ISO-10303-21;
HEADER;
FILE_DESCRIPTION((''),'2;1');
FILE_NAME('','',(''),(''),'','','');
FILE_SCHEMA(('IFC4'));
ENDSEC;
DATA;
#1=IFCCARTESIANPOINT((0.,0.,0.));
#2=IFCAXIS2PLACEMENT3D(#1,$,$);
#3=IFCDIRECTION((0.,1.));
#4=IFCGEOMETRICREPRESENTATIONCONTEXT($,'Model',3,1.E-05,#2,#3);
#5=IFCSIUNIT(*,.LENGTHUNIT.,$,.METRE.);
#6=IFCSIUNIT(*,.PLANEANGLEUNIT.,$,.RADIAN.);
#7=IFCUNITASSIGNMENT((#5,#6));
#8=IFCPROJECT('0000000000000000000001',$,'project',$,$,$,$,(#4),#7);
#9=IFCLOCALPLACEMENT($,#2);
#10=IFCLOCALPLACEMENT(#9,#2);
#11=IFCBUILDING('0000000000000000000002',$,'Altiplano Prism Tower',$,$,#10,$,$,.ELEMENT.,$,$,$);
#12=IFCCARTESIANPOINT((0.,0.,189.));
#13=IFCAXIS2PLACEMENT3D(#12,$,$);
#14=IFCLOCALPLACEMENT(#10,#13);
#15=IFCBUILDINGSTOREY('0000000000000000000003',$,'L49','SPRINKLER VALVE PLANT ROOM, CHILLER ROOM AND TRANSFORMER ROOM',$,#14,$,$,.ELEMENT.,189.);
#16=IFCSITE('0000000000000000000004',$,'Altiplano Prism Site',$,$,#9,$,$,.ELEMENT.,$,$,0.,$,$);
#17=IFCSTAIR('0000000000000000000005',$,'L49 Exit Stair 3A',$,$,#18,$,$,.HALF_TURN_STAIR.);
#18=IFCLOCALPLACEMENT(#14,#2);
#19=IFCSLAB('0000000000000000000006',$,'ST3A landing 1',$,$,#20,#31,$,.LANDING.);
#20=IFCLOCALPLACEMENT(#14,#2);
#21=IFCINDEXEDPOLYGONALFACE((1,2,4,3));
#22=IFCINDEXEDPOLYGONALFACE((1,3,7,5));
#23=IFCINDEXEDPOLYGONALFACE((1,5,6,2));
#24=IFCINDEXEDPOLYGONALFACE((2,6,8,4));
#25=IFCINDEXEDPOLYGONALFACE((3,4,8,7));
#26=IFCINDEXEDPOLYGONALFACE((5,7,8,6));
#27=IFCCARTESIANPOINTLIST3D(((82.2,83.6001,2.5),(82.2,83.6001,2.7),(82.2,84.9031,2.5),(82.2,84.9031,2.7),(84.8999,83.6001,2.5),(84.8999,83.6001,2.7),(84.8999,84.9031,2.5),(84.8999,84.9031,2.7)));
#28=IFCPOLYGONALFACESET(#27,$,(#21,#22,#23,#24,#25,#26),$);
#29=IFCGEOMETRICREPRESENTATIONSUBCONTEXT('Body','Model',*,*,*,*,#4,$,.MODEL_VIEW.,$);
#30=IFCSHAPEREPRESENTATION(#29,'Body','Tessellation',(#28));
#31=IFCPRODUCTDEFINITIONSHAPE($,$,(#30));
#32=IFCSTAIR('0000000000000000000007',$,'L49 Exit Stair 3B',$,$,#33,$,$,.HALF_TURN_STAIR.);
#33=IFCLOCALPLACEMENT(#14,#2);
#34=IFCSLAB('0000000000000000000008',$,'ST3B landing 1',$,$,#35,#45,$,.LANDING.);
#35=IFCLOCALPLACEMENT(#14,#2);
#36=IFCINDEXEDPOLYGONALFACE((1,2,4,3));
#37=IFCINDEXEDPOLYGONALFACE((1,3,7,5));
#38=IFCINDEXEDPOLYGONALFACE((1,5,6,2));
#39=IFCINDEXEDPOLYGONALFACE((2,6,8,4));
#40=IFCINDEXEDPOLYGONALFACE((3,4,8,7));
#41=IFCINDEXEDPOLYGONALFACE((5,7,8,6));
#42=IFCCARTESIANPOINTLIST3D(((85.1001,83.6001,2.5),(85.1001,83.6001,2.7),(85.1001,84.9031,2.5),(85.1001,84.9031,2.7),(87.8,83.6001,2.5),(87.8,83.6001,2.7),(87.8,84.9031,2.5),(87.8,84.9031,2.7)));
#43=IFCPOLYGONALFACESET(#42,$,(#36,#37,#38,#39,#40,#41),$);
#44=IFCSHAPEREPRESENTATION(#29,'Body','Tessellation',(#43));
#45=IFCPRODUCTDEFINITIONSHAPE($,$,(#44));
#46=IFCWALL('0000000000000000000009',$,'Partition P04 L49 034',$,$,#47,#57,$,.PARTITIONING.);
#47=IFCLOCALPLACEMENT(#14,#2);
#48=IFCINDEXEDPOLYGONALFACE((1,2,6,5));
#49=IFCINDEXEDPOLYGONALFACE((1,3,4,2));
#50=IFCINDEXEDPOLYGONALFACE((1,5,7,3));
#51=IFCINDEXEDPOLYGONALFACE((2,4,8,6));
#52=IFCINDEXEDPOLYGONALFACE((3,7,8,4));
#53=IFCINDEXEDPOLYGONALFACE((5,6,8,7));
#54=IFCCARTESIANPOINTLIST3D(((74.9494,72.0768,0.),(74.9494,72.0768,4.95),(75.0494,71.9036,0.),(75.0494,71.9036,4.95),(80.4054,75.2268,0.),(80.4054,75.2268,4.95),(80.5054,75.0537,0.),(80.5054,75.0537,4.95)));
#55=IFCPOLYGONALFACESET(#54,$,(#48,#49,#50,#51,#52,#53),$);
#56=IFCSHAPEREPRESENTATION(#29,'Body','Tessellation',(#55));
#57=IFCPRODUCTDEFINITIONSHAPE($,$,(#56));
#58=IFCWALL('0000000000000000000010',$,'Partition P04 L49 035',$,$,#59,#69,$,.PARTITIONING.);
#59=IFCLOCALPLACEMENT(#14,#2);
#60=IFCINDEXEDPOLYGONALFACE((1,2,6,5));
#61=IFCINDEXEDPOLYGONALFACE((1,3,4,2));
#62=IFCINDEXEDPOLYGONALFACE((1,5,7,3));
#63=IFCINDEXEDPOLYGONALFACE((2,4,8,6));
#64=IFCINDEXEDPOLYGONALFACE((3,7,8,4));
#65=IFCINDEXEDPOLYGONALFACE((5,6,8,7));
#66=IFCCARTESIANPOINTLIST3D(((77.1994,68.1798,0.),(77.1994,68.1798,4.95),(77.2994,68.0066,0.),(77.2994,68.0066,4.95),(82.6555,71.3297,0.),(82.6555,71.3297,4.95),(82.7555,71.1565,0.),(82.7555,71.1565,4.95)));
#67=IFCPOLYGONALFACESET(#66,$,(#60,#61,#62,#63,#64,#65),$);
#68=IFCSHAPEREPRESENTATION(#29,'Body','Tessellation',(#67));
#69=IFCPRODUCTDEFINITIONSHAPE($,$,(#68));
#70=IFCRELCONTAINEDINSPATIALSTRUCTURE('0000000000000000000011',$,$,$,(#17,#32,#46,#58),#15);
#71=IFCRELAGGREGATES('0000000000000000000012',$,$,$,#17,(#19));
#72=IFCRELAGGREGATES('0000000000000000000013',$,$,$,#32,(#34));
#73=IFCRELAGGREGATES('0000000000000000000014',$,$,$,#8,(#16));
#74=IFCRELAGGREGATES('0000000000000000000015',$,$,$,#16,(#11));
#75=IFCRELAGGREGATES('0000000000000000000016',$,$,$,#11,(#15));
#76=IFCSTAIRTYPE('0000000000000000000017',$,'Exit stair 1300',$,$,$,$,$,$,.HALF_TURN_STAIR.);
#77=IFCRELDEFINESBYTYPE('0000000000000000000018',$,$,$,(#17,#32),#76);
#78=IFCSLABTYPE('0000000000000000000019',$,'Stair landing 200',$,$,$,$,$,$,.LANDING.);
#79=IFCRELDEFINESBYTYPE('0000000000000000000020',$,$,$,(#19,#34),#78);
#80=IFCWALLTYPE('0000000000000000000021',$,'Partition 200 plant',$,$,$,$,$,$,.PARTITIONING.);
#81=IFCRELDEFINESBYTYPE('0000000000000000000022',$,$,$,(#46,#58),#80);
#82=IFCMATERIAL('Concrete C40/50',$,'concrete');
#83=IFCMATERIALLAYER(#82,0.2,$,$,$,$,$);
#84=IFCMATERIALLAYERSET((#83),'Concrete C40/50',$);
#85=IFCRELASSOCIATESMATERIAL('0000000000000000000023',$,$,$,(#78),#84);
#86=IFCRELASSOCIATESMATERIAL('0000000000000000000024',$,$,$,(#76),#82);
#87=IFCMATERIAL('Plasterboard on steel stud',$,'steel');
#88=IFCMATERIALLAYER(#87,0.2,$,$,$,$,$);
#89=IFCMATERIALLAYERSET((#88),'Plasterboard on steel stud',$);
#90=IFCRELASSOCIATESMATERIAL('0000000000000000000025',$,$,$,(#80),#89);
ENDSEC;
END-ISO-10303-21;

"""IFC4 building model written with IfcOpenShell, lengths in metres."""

from ifc_helpers import new_model, si_unit, direction, frame, frame_2d, origin, place, context, subcontext, project, spatial, polyline, rectangle, outline, extrude, material, layer, layer_set, type_object, element, aggregate, save


model = new_model("IFC4")

# Units and contexts
model_context = context("Model", 3, precision=1e-05, world=origin(), true_north=direction((0.0, 1.0)))
body_context = subcontext(model_context, "Body", "Model", "MODEL_VIEW")
ifc_project = project(units=[si_unit("LENGTHUNIT", "METRE"), si_unit("PLANEANGLEUNIT", "RADIAN")], contexts=[model_context])

# Site, building, storey
site_placement = place(None, origin())
site = spatial("IfcSite", under=ifc_project, at=site_placement, Name="Altiplano Prism Site", CompositionType="ELEMENT", RefElevation=0.0)
building_placement = place(site_placement, origin())
building = spatial("IfcBuilding", under=site, at=building_placement, Name="Altiplano Prism Tower", CompositionType="ELEMENT")
storey_placement = place(building_placement, frame((0.0, 0.0, 189.0)))
storey = spatial("IfcBuildingStorey", under=building, at=storey_placement, Name="L49", Description="SPRINKLER VALVE PLANT ROOM, CHILLER ROOM AND TRANSFORMER ROOM", CompositionType="ELEMENT", Elevation=189.0)

# Shared definitions
ifc_material_1 = material(Name="Concrete C40/50", Category="concrete")

# Shared definitions
ifc_layer_1 = layer(ifc_material_1, 0.2)
ifc_layer_set_1 = layer_set([ifc_layer_1], Name="Concrete C40/50")
slab_type_1 = type_object("IfcSlabType", Name="Stair landing 200", PredefinedType="LANDING", material=ifc_layer_set_1)

# Stairs, slabs
stair_type_1 = type_object("IfcStairType", Name="Exit stair 1300", PredefinedType="HALF_TURN_STAIR", material=ifc_material_1)
stair_1_placement = place(storey_placement, origin())
stair_1 = element("IfcStair", 1, at=stair_1_placement, inside=storey, type_object=stair_type_1, Name="L49 Exit Stair 3A", PredefinedType="HALF_TURN_STAIR")
slab_1_placement = place(storey_placement, frame((0.0, 0.0, 2.5)))
slab_1 = element("IfcSlab", 2, at=slab_1_placement, type_object=slab_type_1, Name="ST3A landing 1", PredefinedType="LANDING", context=body_context, shape_type="SweptSolid", body=[
    extrude(outline(polyline([(82.2, 84.9031), (82.2, 83.6001), (84.8999, 83.6001), (84.8999, 84.9031), (82.2, 84.9031)])), origin(), (0.0, 0.0, 1.0), 0.2),
])
aggregate(stair_1, [slab_1])
stair_2_placement = place(storey_placement, origin())
stair_2 = element("IfcStair", 3, at=stair_2_placement, inside=storey, type_object=stair_type_1, Name="L49 Exit Stair 3B", PredefinedType="HALF_TURN_STAIR")
slab_2_placement = place(storey_placement, frame((0.0, 0.0, 2.5)))
slab_2 = element("IfcSlab", 4, at=slab_2_placement, type_object=slab_type_1, Name="ST3B landing 1", PredefinedType="LANDING", context=body_context, shape_type="SweptSolid", body=[
    extrude(outline(polyline([(85.1001, 84.9031), (85.1001, 83.6001), (87.8, 83.6001), (87.8, 84.9031), (85.1001, 84.9031)])), origin(), (0.0, 0.0, 1.0), 0.2),
])
aggregate(stair_2, [slab_2])

# Walls
ifc_material_2 = material(Name="Plasterboard on steel stud", Category="steel")
ifc_layer_2 = layer(ifc_material_2, 0.2)
ifc_layer_set_2 = layer_set([ifc_layer_2], Name="Plasterboard on steel stud")
wall_type = type_object("IfcWallType", Name="Partition 200 plant", PredefinedType="PARTITIONING", material=ifc_layer_set_2)
for number, where, z_axis, x_axis, name in (
    (5, (74.9995, 71.9902, 0.0), (0.0, 0.0, 1.0), (0.866019, 0.500011, 0.0), "Partition P04 L49 034"),
    (6, (77.2495, 68.0933, 0.0), (0.0, 0.0, 1.0), (0.866036, 0.499982, 0.0), "Partition P04 L49 035"),
):
    element("IfcWall", number, at=place(storey_placement, frame(where, z_axis=z_axis, x_axis=x_axis)), inside=storey, type_object=wall_type, Name=name, PredefinedType="PARTITIONING", context=body_context, shape_type="SweptSolid", body=[
        extrude(rectangle(XDim=6.3, YDim=0.2, at=frame_2d((3.1499, 0.0))), origin(), (0.0, 0.0, 1.0), 4.95),
    ])

save(model, "model.ifc")
